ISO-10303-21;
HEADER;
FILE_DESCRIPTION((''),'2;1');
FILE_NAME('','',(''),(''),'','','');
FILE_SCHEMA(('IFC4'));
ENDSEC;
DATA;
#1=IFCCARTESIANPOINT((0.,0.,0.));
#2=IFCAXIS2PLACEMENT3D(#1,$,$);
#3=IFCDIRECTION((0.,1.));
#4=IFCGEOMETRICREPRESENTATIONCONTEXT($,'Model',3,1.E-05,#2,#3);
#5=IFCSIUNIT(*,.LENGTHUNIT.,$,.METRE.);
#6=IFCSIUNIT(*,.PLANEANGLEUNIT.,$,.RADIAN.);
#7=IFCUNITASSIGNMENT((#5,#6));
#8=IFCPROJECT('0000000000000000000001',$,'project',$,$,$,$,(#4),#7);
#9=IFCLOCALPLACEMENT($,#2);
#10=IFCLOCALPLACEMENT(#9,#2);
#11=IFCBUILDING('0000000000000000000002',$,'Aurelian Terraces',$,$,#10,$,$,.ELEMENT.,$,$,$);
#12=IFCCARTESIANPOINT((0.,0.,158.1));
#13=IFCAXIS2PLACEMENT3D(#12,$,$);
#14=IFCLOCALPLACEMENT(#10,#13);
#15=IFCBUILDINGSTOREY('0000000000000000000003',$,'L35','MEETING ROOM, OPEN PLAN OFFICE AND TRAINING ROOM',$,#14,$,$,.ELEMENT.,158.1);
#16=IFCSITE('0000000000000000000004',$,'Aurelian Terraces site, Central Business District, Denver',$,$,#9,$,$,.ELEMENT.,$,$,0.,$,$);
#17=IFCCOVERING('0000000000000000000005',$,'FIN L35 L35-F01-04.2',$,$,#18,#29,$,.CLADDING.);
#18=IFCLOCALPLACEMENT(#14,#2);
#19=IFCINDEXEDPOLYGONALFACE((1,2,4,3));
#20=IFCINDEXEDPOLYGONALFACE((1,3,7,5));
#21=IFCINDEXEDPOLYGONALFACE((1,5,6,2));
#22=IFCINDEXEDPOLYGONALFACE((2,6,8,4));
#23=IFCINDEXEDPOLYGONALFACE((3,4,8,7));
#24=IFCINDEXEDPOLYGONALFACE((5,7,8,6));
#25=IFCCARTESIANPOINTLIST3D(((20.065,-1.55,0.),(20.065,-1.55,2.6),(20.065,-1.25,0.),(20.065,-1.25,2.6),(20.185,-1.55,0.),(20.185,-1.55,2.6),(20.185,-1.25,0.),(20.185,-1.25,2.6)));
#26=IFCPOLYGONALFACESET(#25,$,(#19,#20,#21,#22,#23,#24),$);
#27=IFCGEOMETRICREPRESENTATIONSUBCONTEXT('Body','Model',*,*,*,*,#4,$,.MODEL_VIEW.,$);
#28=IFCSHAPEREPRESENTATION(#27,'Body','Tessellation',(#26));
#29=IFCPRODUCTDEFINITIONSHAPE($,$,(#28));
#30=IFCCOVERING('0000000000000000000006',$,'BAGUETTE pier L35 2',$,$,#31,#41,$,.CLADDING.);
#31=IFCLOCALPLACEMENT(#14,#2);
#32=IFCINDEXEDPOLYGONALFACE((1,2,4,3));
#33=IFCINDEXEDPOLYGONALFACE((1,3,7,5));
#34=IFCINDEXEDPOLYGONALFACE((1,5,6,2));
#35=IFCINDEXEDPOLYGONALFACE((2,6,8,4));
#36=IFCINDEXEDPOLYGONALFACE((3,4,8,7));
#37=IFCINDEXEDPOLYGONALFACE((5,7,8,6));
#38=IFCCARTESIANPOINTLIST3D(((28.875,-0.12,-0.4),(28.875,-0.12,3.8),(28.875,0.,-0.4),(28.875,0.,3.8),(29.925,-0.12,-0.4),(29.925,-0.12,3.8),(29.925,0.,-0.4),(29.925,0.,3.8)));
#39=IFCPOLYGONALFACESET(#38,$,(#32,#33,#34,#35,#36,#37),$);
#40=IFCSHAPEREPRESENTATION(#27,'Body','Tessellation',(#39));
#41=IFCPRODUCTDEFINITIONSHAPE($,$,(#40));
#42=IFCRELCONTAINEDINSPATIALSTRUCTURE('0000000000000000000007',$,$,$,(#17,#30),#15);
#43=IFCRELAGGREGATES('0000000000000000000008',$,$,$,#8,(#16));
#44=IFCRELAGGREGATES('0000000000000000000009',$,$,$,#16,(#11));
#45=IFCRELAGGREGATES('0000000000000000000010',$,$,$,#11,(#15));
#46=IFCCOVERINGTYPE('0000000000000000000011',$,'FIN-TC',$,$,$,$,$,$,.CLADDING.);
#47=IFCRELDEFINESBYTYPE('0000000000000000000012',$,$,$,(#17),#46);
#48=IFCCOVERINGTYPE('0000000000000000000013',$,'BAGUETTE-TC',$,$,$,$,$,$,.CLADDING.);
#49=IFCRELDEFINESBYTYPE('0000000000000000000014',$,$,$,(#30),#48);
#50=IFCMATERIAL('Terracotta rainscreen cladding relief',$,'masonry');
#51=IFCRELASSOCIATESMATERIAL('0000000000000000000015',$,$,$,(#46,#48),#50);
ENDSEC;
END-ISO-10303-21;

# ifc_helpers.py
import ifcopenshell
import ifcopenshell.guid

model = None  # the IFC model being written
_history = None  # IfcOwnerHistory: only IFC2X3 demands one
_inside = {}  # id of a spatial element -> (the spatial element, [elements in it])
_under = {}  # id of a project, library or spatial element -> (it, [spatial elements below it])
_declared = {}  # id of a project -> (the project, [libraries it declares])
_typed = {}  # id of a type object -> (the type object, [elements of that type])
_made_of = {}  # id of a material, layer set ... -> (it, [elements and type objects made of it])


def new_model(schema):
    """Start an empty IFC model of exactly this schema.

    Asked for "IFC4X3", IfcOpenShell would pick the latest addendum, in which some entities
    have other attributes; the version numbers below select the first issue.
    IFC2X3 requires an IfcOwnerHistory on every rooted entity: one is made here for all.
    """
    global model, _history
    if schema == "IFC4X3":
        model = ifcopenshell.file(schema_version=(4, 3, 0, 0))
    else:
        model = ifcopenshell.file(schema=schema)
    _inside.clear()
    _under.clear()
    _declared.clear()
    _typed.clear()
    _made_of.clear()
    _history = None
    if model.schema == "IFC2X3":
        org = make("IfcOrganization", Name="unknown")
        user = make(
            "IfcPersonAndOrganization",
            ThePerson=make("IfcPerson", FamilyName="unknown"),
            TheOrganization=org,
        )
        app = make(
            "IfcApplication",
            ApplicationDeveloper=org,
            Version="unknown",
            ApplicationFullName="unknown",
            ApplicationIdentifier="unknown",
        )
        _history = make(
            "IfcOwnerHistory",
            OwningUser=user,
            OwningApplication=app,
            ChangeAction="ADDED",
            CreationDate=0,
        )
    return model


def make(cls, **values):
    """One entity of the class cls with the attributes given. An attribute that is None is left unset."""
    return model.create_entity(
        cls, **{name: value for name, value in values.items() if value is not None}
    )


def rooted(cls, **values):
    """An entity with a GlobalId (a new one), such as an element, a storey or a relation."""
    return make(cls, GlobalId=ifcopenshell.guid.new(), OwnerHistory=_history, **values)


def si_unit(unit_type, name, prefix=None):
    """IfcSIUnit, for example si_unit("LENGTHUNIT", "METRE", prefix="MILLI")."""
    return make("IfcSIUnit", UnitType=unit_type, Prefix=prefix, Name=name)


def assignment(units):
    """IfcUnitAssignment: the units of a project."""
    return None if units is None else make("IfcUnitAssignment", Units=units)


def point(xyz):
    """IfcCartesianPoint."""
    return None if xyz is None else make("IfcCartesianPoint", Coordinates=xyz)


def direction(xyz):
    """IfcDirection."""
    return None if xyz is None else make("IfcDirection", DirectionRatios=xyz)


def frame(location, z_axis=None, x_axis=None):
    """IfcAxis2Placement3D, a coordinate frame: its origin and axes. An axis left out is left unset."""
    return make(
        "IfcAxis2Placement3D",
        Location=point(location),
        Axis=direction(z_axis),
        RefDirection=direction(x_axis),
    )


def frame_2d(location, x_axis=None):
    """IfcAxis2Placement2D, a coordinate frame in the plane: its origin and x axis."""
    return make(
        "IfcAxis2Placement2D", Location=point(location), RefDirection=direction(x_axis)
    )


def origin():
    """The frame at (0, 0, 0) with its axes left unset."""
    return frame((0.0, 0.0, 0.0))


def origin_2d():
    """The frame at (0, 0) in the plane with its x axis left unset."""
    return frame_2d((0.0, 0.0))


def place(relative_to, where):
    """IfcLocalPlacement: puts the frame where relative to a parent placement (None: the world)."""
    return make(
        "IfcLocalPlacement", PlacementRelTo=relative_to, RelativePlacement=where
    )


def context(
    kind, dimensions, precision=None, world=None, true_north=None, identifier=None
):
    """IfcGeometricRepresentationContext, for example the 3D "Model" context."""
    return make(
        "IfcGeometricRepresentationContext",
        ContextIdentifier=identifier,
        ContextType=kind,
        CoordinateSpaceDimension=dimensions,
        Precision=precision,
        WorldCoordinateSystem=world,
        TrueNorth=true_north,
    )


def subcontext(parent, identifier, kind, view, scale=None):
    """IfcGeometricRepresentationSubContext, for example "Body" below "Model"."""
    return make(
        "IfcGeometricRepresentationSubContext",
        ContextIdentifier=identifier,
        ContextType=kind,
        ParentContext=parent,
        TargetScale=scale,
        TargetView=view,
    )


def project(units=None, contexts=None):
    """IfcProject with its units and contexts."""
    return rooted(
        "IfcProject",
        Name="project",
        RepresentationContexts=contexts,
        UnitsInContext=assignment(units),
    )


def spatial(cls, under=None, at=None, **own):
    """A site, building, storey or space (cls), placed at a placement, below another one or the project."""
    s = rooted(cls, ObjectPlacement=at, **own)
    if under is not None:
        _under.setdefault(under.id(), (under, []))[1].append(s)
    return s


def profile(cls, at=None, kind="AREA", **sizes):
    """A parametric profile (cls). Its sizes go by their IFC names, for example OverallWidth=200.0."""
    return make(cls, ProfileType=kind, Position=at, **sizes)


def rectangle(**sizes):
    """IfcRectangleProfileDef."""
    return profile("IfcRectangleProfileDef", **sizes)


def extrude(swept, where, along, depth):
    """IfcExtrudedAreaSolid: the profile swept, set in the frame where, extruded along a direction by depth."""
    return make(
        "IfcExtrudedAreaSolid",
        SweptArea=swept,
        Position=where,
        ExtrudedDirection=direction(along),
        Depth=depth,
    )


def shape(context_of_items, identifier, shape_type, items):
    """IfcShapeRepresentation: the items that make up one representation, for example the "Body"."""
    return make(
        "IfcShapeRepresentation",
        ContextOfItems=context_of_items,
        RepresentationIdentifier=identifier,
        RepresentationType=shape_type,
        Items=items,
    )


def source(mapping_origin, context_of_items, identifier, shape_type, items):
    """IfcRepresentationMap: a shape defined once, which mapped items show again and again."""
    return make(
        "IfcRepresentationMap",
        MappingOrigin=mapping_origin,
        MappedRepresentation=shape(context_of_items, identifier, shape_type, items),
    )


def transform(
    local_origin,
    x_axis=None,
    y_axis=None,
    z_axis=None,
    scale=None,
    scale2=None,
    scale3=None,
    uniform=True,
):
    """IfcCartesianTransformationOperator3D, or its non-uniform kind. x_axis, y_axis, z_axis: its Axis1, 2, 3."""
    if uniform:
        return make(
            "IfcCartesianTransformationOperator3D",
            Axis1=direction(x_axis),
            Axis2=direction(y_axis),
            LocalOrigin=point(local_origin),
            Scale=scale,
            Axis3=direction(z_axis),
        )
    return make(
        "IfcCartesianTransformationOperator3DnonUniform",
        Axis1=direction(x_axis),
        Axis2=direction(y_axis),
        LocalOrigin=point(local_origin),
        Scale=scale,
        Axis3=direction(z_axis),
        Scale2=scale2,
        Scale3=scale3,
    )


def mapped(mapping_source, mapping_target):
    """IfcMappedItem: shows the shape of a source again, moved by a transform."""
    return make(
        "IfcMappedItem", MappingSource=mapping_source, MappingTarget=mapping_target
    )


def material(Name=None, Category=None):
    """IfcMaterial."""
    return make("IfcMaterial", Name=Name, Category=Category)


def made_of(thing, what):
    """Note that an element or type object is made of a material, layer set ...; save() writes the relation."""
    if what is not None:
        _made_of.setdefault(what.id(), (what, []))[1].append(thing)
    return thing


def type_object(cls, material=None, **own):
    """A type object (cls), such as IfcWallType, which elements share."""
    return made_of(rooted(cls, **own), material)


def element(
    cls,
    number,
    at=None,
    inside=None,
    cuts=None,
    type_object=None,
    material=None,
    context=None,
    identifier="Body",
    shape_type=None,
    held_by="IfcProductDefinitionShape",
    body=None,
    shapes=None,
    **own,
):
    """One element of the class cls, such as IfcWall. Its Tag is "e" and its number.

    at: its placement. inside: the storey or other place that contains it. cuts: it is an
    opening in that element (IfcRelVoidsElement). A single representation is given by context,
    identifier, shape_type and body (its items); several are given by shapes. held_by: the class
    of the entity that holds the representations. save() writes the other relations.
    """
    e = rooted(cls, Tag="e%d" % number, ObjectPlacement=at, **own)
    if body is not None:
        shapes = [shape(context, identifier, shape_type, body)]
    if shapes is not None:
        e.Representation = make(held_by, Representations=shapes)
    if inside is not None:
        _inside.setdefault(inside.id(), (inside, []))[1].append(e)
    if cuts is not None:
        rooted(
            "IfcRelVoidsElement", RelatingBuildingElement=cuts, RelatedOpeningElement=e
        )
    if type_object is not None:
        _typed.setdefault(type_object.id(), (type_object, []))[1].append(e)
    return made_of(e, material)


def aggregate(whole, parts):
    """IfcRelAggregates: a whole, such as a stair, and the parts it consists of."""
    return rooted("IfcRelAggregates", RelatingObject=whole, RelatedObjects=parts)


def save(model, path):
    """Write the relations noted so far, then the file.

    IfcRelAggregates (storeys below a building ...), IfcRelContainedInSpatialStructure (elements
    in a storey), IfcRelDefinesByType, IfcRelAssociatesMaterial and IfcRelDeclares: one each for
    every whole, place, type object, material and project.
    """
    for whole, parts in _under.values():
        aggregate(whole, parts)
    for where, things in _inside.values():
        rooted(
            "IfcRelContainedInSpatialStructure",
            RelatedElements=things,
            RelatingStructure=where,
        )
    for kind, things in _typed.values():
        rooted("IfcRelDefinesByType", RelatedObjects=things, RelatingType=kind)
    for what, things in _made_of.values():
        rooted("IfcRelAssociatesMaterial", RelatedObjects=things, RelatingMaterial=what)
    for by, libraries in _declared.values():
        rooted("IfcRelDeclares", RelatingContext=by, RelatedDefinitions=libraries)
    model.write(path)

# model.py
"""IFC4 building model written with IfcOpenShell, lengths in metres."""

from ifc_helpers import new_model, si_unit, direction, frame, origin, origin_2d, place, context, subcontext, project, spatial, rectangle, extrude, source, transform, mapped, material, type_object, element, save


model = new_model("IFC4")

# Units and contexts
model_context = context("Model", 3, precision=1e-05, world=origin(), true_north=direction((0.0, 1.0)))
body_context = subcontext(model_context, "Body", "Model", "MODEL_VIEW")
ifc_project = project(units=[si_unit("LENGTHUNIT", "METRE"), si_unit("PLANEANGLEUNIT", "RADIAN")], contexts=[model_context])

# Site, building, storey
site_placement = place(None, origin())
site = spatial("IfcSite", under=ifc_project, at=site_placement, Name="Aurelian Terraces site, Central Business District, Denver", CompositionType="ELEMENT", RefElevation=0.0)
building_placement = place(site_placement, origin())
building = spatial("IfcBuilding", under=site, at=building_placement, Name="Aurelian Terraces", CompositionType="ELEMENT")
storey_placement = place(building_placement, frame((0.0, 0.0, 158.1)))
storey = spatial("IfcBuildingStorey", under=building, at=storey_placement, Name="L35", Description="MEETING ROOM, OPEN PLAN OFFICE AND TRAINING ROOM", CompositionType="ELEMENT", Elevation=158.1)

# Coverings
ifc_material_1 = material(Name="Terracotta rainscreen cladding relief", Category="masonry")
covering_type_1 = type_object("IfcCoveringType", Name="FIN-TC", PredefinedType="CLADDING", material=ifc_material_1)
shared_shape_1 = source(origin(), body_context, "Body", "SweptSolid", [
    extrude(rectangle(XDim=0.12, YDim=0.3, at=origin_2d()), origin(), (0.0, 0.0, 1.0), 2.6),
])
covering_1_placement = place(storey_placement, frame((20.125, -1.4, 0.0), z_axis=(0.0, 0.0, 1.0), x_axis=(1.0, 0.0, 0.0)))
element("IfcCovering", 1, at=covering_1_placement, inside=storey, type_object=covering_type_1, Name="FIN L35 L35-F01-04.2", PredefinedType="CLADDING", context=body_context, shape_type="MappedRepresentation", body=[
    mapped(shared_shape_1, transform((0.0, 0.0, 0.0), scale=1.0)),
])
covering_type_2 = type_object("IfcCoveringType", Name="BAGUETTE-TC", PredefinedType="CLADDING", material=ifc_material_1)
shared_shape_2 = source(origin(), body_context, "Body", "SweptSolid", [
    extrude(rectangle(XDim=1.05, YDim=0.12, at=origin_2d()), origin(), (0.0, 0.0, 1.0), 4.2),
])
covering_2_placement = place(storey_placement, frame((29.4, -0.06, -0.4), z_axis=(0.0, 0.0, 1.0), x_axis=(1.0, 0.0, 0.0)))
element("IfcCovering", 2, at=covering_2_placement, inside=storey, type_object=covering_type_2, Name="BAGUETTE pier L35 2", PredefinedType="CLADDING", context=body_context, shape_type="MappedRepresentation", body=[
    mapped(shared_shape_2, transform((0.0, 0.0, 0.0), scale=1.0)),
])

save(model, "model.ifc")
